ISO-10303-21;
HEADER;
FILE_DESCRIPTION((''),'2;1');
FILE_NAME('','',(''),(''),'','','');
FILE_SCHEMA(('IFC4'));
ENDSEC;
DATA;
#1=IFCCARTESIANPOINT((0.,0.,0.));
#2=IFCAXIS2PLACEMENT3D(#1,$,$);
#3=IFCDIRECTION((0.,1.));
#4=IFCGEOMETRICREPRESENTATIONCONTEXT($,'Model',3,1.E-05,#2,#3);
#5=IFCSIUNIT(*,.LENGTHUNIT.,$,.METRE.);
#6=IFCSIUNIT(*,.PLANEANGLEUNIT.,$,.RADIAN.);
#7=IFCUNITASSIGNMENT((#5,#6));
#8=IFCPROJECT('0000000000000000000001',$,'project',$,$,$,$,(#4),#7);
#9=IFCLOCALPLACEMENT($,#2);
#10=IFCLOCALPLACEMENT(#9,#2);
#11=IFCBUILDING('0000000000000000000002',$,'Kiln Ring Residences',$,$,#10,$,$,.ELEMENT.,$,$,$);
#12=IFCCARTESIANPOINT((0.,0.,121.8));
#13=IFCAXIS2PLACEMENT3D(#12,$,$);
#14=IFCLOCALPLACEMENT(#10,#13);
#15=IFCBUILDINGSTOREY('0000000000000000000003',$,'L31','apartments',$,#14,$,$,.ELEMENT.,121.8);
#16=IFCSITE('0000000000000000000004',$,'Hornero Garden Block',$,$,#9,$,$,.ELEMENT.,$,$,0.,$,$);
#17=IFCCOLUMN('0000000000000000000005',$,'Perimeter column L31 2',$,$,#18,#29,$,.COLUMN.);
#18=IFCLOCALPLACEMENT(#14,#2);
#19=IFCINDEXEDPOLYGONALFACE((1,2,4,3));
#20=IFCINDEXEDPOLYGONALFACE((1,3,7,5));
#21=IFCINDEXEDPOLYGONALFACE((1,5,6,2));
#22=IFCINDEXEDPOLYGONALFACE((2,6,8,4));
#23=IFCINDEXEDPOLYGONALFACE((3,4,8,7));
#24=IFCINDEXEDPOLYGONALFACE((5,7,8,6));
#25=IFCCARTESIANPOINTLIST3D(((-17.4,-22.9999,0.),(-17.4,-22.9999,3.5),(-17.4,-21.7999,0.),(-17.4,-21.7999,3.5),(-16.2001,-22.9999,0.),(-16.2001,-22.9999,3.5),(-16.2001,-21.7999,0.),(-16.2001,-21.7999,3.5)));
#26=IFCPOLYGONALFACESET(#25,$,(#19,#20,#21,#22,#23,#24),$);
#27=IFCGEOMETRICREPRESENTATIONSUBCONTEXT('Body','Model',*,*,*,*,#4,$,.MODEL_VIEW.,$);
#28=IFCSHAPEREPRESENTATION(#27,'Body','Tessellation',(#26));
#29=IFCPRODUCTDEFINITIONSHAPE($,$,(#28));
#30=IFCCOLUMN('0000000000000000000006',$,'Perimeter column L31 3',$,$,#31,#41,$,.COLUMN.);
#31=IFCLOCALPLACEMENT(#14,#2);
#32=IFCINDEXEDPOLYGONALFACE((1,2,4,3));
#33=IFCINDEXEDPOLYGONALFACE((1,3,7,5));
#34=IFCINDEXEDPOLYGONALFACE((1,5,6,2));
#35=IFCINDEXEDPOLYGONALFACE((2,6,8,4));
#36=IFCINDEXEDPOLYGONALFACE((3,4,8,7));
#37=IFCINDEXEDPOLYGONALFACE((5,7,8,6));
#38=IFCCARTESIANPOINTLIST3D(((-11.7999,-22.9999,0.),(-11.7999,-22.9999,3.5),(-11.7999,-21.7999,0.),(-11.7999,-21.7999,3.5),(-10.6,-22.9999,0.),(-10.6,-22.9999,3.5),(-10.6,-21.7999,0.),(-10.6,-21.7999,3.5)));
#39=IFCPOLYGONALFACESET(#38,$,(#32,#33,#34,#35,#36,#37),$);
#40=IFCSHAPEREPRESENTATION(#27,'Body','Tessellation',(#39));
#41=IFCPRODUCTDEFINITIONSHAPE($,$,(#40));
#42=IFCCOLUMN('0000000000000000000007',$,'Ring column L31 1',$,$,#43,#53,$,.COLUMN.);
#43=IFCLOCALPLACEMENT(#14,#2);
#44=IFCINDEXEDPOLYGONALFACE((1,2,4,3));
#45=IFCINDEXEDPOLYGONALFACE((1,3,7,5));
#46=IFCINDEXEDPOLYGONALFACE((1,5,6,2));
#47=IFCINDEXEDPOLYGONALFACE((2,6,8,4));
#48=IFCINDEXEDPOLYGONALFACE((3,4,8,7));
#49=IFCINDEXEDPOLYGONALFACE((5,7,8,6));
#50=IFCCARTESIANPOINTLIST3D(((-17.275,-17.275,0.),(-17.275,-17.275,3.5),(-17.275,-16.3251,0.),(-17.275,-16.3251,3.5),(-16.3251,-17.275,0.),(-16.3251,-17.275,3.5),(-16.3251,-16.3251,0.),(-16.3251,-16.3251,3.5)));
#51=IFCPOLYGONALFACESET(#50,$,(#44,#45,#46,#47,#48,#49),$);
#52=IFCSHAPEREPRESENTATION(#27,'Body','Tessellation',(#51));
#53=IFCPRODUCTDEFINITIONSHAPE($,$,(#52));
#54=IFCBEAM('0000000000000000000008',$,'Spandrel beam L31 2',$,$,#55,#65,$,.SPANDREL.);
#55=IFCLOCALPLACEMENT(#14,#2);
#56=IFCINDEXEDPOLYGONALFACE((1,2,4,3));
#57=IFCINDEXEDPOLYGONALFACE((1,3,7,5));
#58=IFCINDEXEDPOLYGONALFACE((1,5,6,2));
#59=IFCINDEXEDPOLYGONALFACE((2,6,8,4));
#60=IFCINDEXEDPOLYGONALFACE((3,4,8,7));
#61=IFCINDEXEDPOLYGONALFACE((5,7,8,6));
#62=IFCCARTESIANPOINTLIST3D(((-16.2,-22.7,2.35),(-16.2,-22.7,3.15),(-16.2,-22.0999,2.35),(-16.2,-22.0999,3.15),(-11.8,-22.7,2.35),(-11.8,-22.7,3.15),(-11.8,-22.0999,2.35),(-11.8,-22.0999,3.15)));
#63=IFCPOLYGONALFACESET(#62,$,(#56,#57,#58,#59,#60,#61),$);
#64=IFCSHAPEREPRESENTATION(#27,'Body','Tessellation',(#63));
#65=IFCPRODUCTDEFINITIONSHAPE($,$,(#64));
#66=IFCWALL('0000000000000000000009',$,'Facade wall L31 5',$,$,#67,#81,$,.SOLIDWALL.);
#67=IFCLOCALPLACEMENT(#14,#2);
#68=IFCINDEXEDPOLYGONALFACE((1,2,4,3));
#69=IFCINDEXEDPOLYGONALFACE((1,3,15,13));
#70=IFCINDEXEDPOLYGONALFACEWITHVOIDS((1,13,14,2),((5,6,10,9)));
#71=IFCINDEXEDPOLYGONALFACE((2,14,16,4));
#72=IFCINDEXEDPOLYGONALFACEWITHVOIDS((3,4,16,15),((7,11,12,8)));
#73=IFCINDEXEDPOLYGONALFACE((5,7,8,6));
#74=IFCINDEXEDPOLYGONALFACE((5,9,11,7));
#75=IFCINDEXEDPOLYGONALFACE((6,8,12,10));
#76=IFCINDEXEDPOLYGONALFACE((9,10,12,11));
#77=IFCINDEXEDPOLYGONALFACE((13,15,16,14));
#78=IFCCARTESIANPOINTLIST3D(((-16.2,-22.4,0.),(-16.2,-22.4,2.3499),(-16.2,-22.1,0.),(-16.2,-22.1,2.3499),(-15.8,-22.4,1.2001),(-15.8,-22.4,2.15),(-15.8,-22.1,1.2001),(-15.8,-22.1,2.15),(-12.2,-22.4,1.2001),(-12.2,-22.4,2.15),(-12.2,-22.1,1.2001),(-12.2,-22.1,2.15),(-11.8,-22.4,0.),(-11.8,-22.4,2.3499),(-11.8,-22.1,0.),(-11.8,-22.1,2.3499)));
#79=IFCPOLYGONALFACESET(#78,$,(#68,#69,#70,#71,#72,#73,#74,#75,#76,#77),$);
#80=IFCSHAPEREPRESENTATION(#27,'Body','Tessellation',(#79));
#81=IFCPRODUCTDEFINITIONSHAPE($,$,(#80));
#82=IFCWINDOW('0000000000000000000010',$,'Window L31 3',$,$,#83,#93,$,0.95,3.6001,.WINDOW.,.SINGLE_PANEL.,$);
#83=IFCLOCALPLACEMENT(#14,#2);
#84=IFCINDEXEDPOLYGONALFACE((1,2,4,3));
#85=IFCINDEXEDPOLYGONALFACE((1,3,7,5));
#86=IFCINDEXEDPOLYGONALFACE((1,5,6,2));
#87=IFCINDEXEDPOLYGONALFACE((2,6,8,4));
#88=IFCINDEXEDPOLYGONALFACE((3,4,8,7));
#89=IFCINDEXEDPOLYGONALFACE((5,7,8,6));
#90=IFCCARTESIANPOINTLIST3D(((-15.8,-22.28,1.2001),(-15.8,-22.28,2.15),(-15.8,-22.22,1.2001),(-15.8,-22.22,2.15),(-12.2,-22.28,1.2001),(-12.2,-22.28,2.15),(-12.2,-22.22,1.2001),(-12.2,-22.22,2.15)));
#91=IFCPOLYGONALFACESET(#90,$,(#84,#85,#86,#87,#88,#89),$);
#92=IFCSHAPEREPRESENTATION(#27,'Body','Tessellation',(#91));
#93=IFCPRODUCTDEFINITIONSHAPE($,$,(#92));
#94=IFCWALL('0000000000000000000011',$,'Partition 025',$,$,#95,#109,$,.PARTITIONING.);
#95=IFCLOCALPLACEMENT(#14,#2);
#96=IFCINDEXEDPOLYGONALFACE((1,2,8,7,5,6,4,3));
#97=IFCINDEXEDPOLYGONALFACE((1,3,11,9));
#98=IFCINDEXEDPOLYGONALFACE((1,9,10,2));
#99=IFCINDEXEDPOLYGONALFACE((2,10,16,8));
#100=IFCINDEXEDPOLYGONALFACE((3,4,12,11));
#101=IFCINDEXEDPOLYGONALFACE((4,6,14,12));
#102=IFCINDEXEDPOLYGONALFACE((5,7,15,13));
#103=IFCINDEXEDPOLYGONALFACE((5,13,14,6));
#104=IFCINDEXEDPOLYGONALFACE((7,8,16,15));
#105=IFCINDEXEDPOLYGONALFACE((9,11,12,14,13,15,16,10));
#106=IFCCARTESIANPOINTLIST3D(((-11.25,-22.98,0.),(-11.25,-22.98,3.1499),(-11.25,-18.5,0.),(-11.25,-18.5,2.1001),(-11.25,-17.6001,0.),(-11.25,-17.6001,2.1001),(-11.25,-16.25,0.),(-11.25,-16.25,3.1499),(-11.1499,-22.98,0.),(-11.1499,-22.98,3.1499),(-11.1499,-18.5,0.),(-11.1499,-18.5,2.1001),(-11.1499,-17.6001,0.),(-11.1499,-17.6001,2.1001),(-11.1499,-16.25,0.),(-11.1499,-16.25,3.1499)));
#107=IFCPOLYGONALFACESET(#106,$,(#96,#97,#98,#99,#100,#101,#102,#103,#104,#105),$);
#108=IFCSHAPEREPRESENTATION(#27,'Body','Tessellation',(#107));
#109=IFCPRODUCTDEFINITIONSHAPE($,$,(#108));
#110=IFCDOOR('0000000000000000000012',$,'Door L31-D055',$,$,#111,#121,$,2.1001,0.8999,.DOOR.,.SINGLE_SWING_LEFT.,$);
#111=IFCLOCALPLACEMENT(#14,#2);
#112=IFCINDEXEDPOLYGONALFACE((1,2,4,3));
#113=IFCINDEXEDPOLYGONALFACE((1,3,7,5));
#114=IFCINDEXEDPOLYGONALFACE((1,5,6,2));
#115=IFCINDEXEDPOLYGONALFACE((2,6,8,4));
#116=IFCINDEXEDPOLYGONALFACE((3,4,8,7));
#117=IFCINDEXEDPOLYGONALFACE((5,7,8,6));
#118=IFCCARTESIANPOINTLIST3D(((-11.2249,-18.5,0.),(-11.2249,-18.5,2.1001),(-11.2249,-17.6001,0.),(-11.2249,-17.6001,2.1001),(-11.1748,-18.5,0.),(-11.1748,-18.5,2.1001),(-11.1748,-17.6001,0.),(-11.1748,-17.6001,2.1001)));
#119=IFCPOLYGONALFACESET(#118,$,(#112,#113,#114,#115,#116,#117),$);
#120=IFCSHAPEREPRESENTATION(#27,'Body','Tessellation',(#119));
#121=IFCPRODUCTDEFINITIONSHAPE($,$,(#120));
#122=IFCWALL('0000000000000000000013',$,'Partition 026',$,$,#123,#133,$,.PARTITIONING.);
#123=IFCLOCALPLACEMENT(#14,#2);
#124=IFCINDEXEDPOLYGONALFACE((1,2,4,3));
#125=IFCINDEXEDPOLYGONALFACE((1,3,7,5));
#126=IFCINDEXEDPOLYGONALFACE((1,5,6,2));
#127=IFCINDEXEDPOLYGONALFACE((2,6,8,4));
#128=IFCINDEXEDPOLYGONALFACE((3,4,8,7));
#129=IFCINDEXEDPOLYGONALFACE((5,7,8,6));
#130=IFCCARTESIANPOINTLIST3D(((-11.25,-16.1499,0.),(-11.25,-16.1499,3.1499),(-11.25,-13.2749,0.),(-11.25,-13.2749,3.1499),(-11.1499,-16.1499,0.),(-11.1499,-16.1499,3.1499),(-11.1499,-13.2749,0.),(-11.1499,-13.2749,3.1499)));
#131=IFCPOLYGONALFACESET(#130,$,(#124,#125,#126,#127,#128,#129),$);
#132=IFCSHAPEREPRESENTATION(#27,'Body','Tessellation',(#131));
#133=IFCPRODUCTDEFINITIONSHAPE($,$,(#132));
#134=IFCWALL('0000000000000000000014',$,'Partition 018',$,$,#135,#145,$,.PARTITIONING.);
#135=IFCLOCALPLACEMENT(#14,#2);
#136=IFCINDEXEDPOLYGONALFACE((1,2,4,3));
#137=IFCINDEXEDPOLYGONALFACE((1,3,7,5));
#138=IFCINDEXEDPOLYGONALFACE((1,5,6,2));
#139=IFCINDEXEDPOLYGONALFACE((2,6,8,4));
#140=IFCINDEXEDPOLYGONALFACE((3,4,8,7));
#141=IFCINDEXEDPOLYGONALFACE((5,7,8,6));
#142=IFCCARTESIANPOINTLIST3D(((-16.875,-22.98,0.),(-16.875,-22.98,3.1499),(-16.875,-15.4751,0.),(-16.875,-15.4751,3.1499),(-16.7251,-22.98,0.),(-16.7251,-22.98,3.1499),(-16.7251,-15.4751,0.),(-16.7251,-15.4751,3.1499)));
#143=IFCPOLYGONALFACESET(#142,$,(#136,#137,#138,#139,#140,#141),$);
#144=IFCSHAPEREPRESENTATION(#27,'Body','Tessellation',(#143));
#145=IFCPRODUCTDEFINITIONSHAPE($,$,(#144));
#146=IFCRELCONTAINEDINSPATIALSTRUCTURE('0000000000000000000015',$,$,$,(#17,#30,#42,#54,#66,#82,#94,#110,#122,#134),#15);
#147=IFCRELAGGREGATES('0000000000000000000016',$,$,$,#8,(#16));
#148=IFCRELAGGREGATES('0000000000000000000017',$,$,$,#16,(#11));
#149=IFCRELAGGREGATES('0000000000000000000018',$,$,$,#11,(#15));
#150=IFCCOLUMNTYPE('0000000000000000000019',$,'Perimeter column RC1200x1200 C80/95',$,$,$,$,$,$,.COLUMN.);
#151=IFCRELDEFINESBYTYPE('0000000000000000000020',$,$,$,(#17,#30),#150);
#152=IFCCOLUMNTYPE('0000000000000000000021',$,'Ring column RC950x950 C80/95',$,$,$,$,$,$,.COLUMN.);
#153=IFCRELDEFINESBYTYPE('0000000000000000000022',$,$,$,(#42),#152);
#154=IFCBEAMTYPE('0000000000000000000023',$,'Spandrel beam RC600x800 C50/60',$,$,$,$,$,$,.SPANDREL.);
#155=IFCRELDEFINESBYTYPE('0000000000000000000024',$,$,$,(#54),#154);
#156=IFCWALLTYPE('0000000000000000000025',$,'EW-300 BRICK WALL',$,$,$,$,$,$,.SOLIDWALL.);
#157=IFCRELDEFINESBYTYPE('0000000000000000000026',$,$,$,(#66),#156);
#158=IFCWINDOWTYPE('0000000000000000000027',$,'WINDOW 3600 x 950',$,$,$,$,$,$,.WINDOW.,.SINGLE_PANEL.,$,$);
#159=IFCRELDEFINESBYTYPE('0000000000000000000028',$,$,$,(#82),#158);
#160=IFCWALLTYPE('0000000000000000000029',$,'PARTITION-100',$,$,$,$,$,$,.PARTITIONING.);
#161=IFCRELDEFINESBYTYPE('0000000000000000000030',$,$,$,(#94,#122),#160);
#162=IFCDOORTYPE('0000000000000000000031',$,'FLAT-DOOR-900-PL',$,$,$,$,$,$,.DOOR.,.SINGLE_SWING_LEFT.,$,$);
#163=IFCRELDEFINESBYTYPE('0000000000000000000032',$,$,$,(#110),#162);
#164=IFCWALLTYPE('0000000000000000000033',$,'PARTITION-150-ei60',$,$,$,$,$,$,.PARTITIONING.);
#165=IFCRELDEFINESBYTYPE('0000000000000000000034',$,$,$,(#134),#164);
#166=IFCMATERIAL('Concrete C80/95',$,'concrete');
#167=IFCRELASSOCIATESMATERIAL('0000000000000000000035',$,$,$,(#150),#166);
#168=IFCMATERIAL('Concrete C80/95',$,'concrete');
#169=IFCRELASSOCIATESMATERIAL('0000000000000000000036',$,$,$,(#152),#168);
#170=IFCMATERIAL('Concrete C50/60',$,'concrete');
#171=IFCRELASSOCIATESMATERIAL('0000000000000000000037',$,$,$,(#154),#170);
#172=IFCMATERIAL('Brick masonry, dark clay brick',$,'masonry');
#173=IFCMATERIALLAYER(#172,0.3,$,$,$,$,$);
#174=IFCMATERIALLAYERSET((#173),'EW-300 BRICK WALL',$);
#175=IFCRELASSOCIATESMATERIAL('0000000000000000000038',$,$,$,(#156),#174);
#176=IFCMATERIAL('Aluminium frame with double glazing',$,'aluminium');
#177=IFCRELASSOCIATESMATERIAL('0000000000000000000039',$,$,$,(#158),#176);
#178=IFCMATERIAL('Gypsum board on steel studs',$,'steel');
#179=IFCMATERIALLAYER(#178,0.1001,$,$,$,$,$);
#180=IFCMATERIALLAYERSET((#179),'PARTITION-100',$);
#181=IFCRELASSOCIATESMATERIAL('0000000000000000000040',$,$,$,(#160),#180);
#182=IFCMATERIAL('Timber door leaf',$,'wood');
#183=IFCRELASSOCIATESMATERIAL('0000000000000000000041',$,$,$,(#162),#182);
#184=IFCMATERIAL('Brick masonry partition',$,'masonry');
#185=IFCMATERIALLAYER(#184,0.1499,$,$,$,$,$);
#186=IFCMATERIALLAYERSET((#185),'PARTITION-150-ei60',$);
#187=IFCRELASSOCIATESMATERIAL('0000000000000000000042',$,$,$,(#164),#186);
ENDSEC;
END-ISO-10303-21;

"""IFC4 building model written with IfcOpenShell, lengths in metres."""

from ifc_helpers import new_model, si_unit, direction, frame, frame_2d, origin, origin_2d, place, context, subcontext, project, spatial, rectangle, extrude, material, layer, layer_set, material_profile, profile_set, type_object, element, fill, save


model = new_model("IFC4")

# Units and contexts
model_context = context("Model", 3, precision=1e-05, world=origin(), true_north=direction((0.0, 1.0)))
body_context = subcontext(model_context, "Body", "Model", "MODEL_VIEW")
ifc_project = project(units=[si_unit("LENGTHUNIT", "METRE"), si_unit("PLANEANGLEUNIT", "RADIAN")], contexts=[model_context])

# Site, building, storey
site_placement = place(None, origin())
site = spatial("IfcSite", under=ifc_project, at=site_placement, Name="Hornero Garden Block", CompositionType="ELEMENT", RefElevation=0.0)
building_placement = place(site_placement, origin())
building = spatial("IfcBuilding", under=site, at=building_placement, Name="Kiln Ring Residences", CompositionType="ELEMENT")
storey_placement = place(building_placement, frame((0.0, 0.0, 121.8)))
storey = spatial("IfcBuildingStorey", under=building, at=storey_placement, Name="L31", Description="apartments", CompositionType="ELEMENT", Elevation=121.8)

# Columns
ifc_material_1 = material(Name="Concrete C80/95", Category="concrete")
ifc_material_profile_1 = material_profile(ifc_material_1, rectangle(XDim=1.2, YDim=1.2, at=origin_2d()), Name="RC1200x1200")
ifc_profile_set_1 = profile_set([ifc_material_profile_1], Name="Concrete C80/95")
column_type_1 = type_object("IfcColumnType", Name="Perimeter column RC1200x1200 C80/95", PredefinedType="COLUMN", material=ifc_profile_set_1)
for number, where, z_axis, x_axis, name in (
    (1, (-16.8, -22.3999, 0.0), (0.0, 0.0, 1.0), (1.0, 0.0, 0.0), "Perimeter column L31 2"),
    (2, (-11.2, -22.3999, 0.0), (0.0, 0.0, 1.0), (1.0, 0.0, 0.0), "Perimeter column L31 3"),
):
    element("IfcColumn", number, at=place(storey_placement, frame(where, z_axis=z_axis, x_axis=x_axis)), inside=storey, type_object=column_type_1, Name=name, PredefinedType="COLUMN", context=body_context, shape_type="SweptSolid", body=[
        extrude(rectangle(XDim=1.2, YDim=1.2, at=origin_2d()), origin(), (0.0, 0.0, 1.0), 3.5),
    ])
ifc_material_2 = material(Name="Concrete C80/95", Category="concrete")
ifc_material_profile_2 = material_profile(ifc_material_2, rectangle(XDim=0.95, YDim=0.95, at=origin_2d()), Name="RC950x950")
ifc_profile_set_2 = profile_set([ifc_material_profile_2], Name="Concrete C80/95")
column_type_2 = type_object("IfcColumnType", Name="Ring column RC950x950 C80/95", PredefinedType="COLUMN", material=ifc_profile_set_2)
column_placement = place(storey_placement, frame((-16.8, -16.8, 0.0), z_axis=(0.0, 0.0, 1.0), x_axis=(1.0, 0.0, 0.0)))
element("IfcColumn", 3, at=column_placement, inside=storey, type_object=column_type_2, Name="Ring column L31 1", PredefinedType="COLUMN", context=body_context, shape_type="SweptSolid", body=[
    extrude(rectangle(XDim=0.95, YDim=0.95, at=origin_2d()), origin(), (0.0, 0.0, 1.0), 3.5),
])

# Beam
ifc_material_3 = material(Name="Concrete C50/60", Category="concrete")
ifc_material_profile_3 = material_profile(ifc_material_3, rectangle(XDim=0.6001, YDim=0.8, at=origin_2d()), Name="RC600x800")
ifc_profile_set_3 = profile_set([ifc_material_profile_3], Name="Concrete C50/60")
beam_type = type_object("IfcBeamType", Name="Spandrel beam RC600x800 C50/60", PredefinedType="SPANDREL", material=ifc_profile_set_3)
beam_placement = place(storey_placement, frame((-16.2, -22.3999, 2.75), z_axis=(1.0, 0.0, 0.0), x_axis=(0.0, 1.0, 0.0)))
element("IfcBeam", 4, at=beam_placement, inside=storey, type_object=beam_type, Name="Spandrel beam L31 2", PredefinedType="SPANDREL", context=body_context, shape_type="SweptSolid", body=[
    extrude(rectangle(XDim=0.6001, YDim=0.8, at=origin_2d()), origin(), (0.0, 0.0, 1.0), 4.3999),
])

# Wall, opening, window
ifc_material_4 = material(Name="Brick masonry, dark clay brick", Category="masonry")
ifc_layer_1 = layer(ifc_material_4, 0.3)
ifc_layer_set_1 = layer_set([ifc_layer_1], Name="EW-300 BRICK WALL")
wall_type_1 = type_object("IfcWallType", Name="EW-300 BRICK WALL", PredefinedType="SOLIDWALL", material=ifc_layer_set_1)
wall_1_placement = place(storey_placement, frame((-16.2, -22.25, 0.0), z_axis=(0.0, 0.0, 1.0), x_axis=(1.0, 0.0, 0.0)))
wall_1 = element("IfcWall", 5, at=wall_1_placement, inside=storey, type_object=wall_type_1, Name="Facade wall L31 5", PredefinedType="SOLIDWALL", context=body_context, shape_type="SweptSolid", body=[
    extrude(rectangle(XDim=4.3999, YDim=0.3, at=frame_2d((2.2, 0.0))), origin(), (0.0, 0.0, 1.0), 2.3499),
])
opening_1_placement = place(wall_1_placement, frame((0.3999, 0.0, 1.2)))
opening_1 = element("IfcOpeningElement", 6, at=opening_1_placement, cuts=wall_1, PredefinedType="OPENING", context=body_context, shape_type="SweptSolid", body=[
    extrude(rectangle(XDim=3.6001, YDim=0.95, at=frame_2d((1.8, 0.4751))), frame((0.0, 0.1599, 0.0), z_axis=(0.0, -1.0, 0.0), x_axis=(1.0, 0.0, 0.0)), (0.0, 0.0, 1.0), 0.3201),
])
ifc_material_5 = material(Name="Aluminium frame with double glazing", Category="aluminium")
window_type = type_object("IfcWindowType", Name="WINDOW 3600 x 950", PartitioningType="SINGLE_PANEL", PredefinedType="WINDOW", material=ifc_material_5)
window_placement = place(opening_1_placement, origin())
window = element("IfcWindow", 7, at=window_placement, inside=storey, type_object=window_type, Name="Window L31 3", OverallHeight=0.95, OverallWidth=3.6001, PartitioningType="SINGLE_PANEL", PredefinedType="WINDOW", context=body_context, shape_type="SweptSolid", body=[
    extrude(rectangle(XDim=3.6001, YDim=0.95, at=frame_2d((1.8, 0.4751))), frame((0.0, 0.03, 0.0), z_axis=(0.0, -1.0, 0.0), x_axis=(1.0, 0.0, 0.0)), (0.0, 0.0, 1.0), 0.0601),
])
fill(opening_1, window)

# Shared definitions
ifc_material_6 = material(Name="Gypsum board on steel studs", Category="steel")
ifc_layer_2 = layer(ifc_material_6, 0.1001)
ifc_layer_set_2 = layer_set([ifc_layer_2], Name="PARTITION-100")
wall_type_2 = type_object("IfcWallType", Name="PARTITION-100", PredefinedType="PARTITIONING", material=ifc_layer_set_2)
ifc_material_7 = material(Name="Timber door leaf", Category="wood")
door_type_1 = type_object("IfcDoorType", Name="FLAT-DOOR-900-PL", OperationType="SINGLE_SWING_LEFT", PredefinedType="DOOR", material=ifc_material_7)

# Wall, opening, door
wall_2_placement = place(storey_placement, frame((-11.2, -22.98, 0.0), z_axis=(0.0, 0.0, 1.0), x_axis=(0.0, 1.0, 0.0)))
wall_2 = element("IfcWall", 8, at=wall_2_placement, inside=storey, type_object=wall_type_2, Name="Partition 025", PredefinedType="PARTITIONING", context=body_context, shape_type="SweptSolid", body=[
    extrude(rectangle(XDim=6.73, YDim=0.1001, at=frame_2d((3.365, 0.0))), origin(), (0.0, 0.0, 1.0), 3.1499),
])
opening_2_placement = place(wall_2_placement, frame((4.48, 0.0, 0.0)))
opening_2 = element("IfcOpeningElement", 9, at=opening_2_placement, cuts=wall_2, PredefinedType="OPENING", context=body_context, shape_type="SweptSolid", body=[
    extrude(rectangle(XDim=0.8999, YDim=2.1001, at=frame_2d((0.45, 1.05))), frame((0.0, 0.0601, 0.0), z_axis=(0.0, -1.0, 0.0), x_axis=(1.0, 0.0, 0.0)), (0.0, 0.0, 1.0), 0.1201),
])
door_1_placement = place(opening_2_placement, origin())
door_1 = element("IfcDoor", 10, at=door_1_placement, inside=storey, type_object=door_type_1, Name="Door L31-D055", OperationType="SINGLE_SWING_LEFT", OverallHeight=2.1001, OverallWidth=0.8999, PredefinedType="DOOR", context=body_context, shape_type="SweptSolid", body=[
    extrude(rectangle(XDim=0.8999, YDim=2.1001, at=frame_2d((0.45, 1.05))), frame((0.0, 0.0249, 0.0), z_axis=(0.0, -1.0, 0.0), x_axis=(1.0, 0.0, 0.0)), (0.0, 0.0, 1.0), 0.05),
])
fill(opening_2, door_1)

# Walls
wall_3_placement = place(storey_placement, frame((-11.2, -16.1499, 0.0), z_axis=(0.0, 0.0, 1.0), x_axis=(0.0, 1.0, 0.0)))
element("IfcWall", 11, at=wall_3_placement, inside=storey, type_object=wall_type_2, Name="Partition 026", PredefinedType="PARTITIONING", context=body_context, shape_type="SweptSolid", body=[
    extrude(rectangle(XDim=2.875, YDim=0.1001, at=frame_2d((1.4375, 0.0))), origin(), (0.0, 0.0, 1.0), 3.1499),
])
ifc_material_8 = material(Name="Brick masonry partition", Category="masonry")
ifc_layer_3 = layer(ifc_material_8, 0.1499)
ifc_layer_set_3 = layer_set([ifc_layer_3], Name="PARTITION-150-ei60")
wall_type_3 = type_object("IfcWallType", Name="PARTITION-150-ei60", PredefinedType="PARTITIONING", material=ifc_layer_set_3)
wall_4_placement = place(storey_placement, frame((-16.8, -22.98, 0.0), z_axis=(0.0, 0.0, 1.0), x_axis=(0.0, 1.0, 0.0)))
element("IfcWall", 12, at=wall_4_placement, inside=storey, type_object=wall_type_3, Name="Partition 018", PredefinedType="PARTITIONING", context=body_context, shape_type="SweptSolid", body=[
    extrude(rectangle(XDim=7.5049, YDim=0.1499, at=frame_2d((3.7524, 0.0))), origin(), (0.0, 0.0, 1.0), 3.1499),
])

save(model, "model.ifc")
